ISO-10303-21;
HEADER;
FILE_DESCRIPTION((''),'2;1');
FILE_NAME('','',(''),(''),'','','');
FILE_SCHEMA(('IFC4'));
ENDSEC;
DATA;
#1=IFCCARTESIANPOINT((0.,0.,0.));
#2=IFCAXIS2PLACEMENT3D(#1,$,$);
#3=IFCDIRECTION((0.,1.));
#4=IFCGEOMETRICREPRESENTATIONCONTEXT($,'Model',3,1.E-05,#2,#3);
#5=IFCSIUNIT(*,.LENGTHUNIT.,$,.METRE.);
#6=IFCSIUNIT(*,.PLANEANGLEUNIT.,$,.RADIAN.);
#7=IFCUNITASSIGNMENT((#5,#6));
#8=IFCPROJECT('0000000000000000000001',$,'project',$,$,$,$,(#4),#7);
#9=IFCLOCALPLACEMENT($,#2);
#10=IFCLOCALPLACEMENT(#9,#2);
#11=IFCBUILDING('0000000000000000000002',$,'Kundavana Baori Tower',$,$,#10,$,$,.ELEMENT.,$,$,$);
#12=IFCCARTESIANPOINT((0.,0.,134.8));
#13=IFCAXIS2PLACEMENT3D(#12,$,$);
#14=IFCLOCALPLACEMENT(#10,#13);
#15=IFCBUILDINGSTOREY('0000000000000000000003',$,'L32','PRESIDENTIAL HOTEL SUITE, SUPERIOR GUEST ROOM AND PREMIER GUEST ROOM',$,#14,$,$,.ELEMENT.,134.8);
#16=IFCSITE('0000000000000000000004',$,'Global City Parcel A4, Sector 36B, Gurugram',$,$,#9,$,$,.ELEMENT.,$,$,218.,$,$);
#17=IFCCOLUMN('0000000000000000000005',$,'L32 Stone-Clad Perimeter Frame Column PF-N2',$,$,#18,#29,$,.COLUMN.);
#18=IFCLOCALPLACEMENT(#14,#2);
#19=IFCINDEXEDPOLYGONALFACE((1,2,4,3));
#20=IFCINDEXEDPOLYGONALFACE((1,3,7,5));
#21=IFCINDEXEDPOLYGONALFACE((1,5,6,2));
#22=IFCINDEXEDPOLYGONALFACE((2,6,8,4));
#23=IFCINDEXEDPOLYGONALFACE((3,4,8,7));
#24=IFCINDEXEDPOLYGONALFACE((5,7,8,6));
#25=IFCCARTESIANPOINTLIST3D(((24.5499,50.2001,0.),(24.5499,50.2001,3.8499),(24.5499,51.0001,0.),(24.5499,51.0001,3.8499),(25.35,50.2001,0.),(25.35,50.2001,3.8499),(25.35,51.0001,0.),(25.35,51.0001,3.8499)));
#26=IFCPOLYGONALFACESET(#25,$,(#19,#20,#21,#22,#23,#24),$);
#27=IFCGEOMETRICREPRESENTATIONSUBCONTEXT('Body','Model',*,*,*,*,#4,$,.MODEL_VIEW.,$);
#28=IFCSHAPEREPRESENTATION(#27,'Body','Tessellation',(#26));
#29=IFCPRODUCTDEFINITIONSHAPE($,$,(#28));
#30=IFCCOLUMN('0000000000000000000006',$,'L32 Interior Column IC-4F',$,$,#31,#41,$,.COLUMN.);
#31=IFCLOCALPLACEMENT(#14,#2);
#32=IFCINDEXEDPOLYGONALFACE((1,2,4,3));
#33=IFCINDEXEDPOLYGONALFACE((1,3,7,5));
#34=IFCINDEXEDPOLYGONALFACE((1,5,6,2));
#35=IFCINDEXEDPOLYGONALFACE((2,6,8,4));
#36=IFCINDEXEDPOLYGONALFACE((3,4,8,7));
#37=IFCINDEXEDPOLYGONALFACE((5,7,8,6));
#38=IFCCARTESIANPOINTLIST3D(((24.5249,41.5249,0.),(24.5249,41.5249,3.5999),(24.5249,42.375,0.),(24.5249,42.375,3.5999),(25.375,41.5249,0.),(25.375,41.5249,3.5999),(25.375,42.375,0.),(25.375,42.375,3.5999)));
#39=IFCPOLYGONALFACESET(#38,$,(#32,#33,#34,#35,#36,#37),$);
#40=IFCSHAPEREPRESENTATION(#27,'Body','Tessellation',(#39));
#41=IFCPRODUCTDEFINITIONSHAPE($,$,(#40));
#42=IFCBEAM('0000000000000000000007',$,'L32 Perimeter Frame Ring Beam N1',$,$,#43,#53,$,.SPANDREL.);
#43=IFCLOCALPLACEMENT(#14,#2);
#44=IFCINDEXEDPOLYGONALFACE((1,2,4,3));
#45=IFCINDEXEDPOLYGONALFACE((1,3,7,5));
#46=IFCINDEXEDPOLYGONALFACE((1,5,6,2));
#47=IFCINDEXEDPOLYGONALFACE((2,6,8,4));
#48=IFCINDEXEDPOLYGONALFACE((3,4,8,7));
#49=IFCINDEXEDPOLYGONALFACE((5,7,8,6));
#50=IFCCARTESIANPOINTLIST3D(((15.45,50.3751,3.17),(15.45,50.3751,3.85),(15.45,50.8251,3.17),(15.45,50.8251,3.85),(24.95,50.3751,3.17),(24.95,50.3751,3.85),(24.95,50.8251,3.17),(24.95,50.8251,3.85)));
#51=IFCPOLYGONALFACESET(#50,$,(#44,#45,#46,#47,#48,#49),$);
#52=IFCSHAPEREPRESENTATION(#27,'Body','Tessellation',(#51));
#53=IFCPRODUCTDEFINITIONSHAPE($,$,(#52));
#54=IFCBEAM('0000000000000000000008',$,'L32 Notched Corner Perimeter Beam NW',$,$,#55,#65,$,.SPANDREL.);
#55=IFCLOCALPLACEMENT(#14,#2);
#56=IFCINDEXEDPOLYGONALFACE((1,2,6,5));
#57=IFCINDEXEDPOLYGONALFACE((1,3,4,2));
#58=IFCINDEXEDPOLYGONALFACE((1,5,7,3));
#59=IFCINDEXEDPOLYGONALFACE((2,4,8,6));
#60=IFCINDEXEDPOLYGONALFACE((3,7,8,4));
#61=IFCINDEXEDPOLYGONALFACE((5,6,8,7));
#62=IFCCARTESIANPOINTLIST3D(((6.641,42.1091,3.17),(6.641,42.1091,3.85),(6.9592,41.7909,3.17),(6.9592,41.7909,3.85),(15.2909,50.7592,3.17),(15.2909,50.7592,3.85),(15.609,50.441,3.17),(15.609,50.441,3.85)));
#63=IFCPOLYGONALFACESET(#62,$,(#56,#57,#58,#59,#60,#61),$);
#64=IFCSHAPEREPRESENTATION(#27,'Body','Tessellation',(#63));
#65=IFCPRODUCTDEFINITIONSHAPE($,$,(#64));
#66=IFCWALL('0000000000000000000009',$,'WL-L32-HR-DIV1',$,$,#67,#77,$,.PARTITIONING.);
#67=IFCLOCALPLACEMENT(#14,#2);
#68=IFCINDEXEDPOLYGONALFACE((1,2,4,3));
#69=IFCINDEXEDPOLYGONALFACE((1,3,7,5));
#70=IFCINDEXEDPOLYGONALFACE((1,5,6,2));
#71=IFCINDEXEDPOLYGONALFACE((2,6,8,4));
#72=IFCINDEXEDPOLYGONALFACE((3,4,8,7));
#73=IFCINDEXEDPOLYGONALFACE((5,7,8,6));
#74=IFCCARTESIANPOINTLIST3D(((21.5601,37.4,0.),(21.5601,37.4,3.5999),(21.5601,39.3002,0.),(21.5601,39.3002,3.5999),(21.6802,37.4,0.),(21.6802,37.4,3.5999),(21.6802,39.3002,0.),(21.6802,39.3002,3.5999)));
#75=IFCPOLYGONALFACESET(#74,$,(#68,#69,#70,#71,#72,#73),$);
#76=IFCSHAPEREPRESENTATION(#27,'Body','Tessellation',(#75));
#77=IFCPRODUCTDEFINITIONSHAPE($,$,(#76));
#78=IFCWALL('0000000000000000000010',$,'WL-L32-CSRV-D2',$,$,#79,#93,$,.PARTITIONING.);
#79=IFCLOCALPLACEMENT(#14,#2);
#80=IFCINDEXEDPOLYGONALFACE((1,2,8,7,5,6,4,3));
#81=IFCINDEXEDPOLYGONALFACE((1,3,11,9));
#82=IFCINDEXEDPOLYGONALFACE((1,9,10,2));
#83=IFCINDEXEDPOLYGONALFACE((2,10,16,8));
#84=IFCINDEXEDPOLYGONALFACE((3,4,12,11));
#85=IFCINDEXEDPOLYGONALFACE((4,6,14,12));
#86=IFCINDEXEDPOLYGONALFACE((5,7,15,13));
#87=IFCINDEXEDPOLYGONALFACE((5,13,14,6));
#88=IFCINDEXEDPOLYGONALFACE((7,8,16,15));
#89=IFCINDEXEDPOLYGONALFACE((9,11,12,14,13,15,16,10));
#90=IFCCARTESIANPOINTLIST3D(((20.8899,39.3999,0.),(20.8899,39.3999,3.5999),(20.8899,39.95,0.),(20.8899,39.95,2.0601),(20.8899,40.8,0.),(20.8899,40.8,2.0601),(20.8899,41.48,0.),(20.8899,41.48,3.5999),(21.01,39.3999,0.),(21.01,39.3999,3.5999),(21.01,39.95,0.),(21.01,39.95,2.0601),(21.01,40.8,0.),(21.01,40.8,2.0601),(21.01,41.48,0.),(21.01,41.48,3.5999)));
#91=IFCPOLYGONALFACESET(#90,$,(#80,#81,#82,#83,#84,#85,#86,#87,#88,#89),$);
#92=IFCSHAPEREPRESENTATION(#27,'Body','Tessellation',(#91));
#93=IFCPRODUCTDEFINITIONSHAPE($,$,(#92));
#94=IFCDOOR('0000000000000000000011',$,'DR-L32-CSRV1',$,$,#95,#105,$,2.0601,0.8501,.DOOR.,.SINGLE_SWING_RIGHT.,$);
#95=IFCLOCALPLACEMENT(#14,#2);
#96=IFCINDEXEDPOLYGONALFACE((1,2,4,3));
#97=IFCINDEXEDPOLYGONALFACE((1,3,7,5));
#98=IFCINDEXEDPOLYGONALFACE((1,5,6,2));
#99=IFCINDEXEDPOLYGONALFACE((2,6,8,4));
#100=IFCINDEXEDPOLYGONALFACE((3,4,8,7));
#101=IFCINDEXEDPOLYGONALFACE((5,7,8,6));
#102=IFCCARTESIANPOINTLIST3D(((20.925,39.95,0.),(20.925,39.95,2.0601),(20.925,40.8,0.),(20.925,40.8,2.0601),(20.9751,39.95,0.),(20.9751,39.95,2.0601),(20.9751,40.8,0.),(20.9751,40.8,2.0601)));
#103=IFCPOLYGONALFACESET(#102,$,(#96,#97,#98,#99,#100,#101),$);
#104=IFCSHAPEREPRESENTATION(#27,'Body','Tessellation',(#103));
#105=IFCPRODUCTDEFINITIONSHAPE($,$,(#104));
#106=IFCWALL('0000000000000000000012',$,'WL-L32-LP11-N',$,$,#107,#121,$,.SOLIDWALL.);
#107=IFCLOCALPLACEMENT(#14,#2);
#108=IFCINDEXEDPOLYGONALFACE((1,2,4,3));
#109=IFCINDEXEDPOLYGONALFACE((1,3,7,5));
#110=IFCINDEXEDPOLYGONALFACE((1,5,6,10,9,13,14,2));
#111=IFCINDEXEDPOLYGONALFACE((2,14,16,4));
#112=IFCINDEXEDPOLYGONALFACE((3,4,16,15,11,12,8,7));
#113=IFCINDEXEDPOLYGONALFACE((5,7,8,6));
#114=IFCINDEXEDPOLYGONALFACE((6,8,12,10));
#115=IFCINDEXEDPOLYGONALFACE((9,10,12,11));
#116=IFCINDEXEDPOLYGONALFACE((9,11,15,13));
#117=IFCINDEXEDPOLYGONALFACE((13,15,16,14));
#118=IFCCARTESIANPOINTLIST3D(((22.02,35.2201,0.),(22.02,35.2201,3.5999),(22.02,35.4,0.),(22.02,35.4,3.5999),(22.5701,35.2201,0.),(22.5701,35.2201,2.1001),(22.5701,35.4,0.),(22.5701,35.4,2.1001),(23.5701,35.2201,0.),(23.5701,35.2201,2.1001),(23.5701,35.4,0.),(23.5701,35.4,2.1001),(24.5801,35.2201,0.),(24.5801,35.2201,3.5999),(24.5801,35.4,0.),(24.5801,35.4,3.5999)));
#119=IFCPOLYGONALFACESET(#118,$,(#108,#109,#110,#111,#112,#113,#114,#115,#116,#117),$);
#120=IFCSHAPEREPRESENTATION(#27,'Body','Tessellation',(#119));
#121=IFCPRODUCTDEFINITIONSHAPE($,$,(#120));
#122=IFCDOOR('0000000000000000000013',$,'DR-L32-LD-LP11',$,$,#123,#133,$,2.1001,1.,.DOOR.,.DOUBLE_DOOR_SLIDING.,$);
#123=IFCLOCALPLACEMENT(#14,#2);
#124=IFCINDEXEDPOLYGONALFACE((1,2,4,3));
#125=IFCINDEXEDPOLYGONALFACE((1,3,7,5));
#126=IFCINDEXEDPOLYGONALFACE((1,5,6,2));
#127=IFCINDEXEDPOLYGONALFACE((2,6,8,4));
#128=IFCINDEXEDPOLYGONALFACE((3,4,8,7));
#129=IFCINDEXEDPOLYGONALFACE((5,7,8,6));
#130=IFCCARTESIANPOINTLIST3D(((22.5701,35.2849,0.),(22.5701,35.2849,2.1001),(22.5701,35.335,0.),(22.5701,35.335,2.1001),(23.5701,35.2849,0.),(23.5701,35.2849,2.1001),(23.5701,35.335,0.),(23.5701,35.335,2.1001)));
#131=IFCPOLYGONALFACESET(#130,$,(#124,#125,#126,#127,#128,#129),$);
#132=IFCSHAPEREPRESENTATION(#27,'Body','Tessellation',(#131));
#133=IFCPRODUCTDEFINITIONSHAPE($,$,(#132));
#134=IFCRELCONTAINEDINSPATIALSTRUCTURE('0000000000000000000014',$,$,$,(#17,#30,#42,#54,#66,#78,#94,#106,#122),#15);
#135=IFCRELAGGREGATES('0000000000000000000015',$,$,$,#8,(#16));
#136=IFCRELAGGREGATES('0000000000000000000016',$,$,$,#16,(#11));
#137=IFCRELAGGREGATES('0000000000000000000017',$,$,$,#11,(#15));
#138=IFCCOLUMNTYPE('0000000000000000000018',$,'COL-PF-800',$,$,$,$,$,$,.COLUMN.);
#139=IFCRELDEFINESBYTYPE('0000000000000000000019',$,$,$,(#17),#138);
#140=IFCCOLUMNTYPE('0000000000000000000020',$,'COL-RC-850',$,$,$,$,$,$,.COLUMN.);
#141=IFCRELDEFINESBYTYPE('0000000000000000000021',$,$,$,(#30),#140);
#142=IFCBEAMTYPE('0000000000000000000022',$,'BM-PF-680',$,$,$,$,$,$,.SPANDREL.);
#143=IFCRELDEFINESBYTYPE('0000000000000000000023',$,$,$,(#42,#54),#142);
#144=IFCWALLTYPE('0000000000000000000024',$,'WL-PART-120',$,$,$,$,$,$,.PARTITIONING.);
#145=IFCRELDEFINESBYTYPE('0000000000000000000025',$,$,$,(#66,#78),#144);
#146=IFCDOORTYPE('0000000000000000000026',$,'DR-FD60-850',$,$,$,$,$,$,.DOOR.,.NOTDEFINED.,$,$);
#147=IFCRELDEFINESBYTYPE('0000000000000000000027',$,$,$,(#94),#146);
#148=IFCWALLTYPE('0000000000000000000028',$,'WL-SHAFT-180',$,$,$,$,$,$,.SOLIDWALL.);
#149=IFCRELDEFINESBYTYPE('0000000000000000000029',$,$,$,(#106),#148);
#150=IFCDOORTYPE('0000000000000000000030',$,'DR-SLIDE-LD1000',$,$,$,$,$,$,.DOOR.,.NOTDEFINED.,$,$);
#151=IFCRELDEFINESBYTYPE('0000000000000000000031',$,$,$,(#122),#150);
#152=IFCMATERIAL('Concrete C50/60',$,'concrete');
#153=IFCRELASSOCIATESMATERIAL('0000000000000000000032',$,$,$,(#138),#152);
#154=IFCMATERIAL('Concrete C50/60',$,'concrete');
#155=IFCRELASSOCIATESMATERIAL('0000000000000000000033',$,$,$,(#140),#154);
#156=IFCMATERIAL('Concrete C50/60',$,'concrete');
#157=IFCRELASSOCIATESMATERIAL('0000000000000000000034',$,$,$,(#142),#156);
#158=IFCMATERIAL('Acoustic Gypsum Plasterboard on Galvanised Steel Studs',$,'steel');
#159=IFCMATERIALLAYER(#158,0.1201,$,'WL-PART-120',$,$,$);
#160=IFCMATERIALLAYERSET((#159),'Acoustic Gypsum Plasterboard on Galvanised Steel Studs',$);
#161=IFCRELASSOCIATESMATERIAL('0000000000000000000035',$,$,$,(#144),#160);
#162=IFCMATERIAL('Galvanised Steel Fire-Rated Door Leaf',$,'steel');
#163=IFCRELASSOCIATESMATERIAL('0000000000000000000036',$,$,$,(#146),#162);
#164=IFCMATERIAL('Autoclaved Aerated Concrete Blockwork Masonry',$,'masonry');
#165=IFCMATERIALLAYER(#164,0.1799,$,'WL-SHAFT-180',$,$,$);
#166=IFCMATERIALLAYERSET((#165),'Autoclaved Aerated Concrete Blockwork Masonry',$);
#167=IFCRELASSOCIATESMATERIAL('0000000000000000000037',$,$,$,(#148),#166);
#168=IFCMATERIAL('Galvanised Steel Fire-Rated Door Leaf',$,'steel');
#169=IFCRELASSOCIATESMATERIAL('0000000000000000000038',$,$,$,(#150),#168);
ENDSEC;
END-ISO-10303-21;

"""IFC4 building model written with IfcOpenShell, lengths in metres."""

from ifc_helpers import new_model, si_unit, direction, frame, frame_2d, origin, origin_2d, place, context, subcontext, project, spatial, rectangle, extrude, material, layer, layer_set, material_profile, profile_set, type_object, element, fill, save


model = new_model("IFC4")

# Units and contexts
model_context = context("Model", 3, precision=1e-05, world=origin(), true_north=direction((0.0, 1.0)))
body_context = subcontext(model_context, "Body", "Model", "MODEL_VIEW")
ifc_project = project(units=[si_unit("LENGTHUNIT", "METRE"), si_unit("PLANEANGLEUNIT", "RADIAN")], contexts=[model_context])

# Site, building, storey
site_placement = place(None, origin())
site = spatial("IfcSite", under=ifc_project, at=site_placement, Name="Global City Parcel A4, Sector 36B, Gurugram", CompositionType="ELEMENT", RefElevation=218.0)
building_placement = place(site_placement, origin())
building = spatial("IfcBuilding", under=site, at=building_placement, Name="Kundavana Baori Tower", CompositionType="ELEMENT")
storey_placement = place(building_placement, frame((0.0, 0.0, 134.8)))
storey = spatial("IfcBuildingStorey", under=building, at=storey_placement, Name="L32", Description="PRESIDENTIAL HOTEL SUITE, SUPERIOR GUEST ROOM AND PREMIER GUEST ROOM", CompositionType="ELEMENT", Elevation=134.8)

# Columns
ifc_material_1 = material(Name="Concrete C50/60", Category="concrete")
ifc_material_profile_1 = material_profile(ifc_material_1, rectangle(XDim=0.8, YDim=0.8, at=origin_2d()), Name="RC PF 800x800")
ifc_profile_set_1 = profile_set([ifc_material_profile_1], Name="Concrete C50/60")
column_type_1 = type_object("IfcColumnType", Name="COL-PF-800", PredefinedType="COLUMN", material=ifc_profile_set_1)
column_1_placement = place(storey_placement, frame((24.95, 50.6001, 0.0), z_axis=(0.0, 0.0, 1.0), x_axis=(1.0, 0.0, 0.0)))
element("IfcColumn", 1, at=column_1_placement, inside=storey, type_object=column_type_1, Name="L32 Stone-Clad Perimeter Frame Column PF-N2", PredefinedType="COLUMN", context=body_context, shape_type="SweptSolid", body=[
    extrude(rectangle(XDim=0.8, YDim=0.8, at=origin_2d()), origin(), (0.0, 0.0, 1.0), 3.8499),
])
ifc_material_2 = material(Name="Concrete C50/60", Category="concrete")
ifc_material_profile_2 = material_profile(ifc_material_2, rectangle(XDim=0.8501, YDim=0.8501, at=origin_2d()), Name="RC 850x850")
ifc_profile_set_2 = profile_set([ifc_material_profile_2], Name="Concrete C50/60")
column_type_2 = type_object("IfcColumnType", Name="COL-RC-850", PredefinedType="COLUMN", material=ifc_profile_set_2)
column_2_placement = place(storey_placement, frame((24.95, 41.95, 0.0), z_axis=(0.0, 0.0, 1.0), x_axis=(1.0, 0.0, 0.0)))
element("IfcColumn", 2, at=column_2_placement, inside=storey, type_object=column_type_2, Name="L32 Interior Column IC-4F", PredefinedType="COLUMN", context=body_context, shape_type="SweptSolid", body=[
    extrude(rectangle(XDim=0.8501, YDim=0.8501, at=origin_2d()), origin(), (0.0, 0.0, 1.0), 3.5999),
])

# Beams
ifc_material_3 = material(Name="Concrete C50/60", Category="concrete")
ifc_material_profile_3 = material_profile(ifc_material_3, rectangle(XDim=0.45, YDim=0.6799, at=origin_2d()), Name="RC BM 450x680")
ifc_profile_set_3 = profile_set([ifc_material_profile_3], Name="Concrete C50/60")
beam_type = type_object("IfcBeamType", Name="BM-PF-680", PredefinedType="SPANDREL", material=ifc_profile_set_3)
beam_1_placement = place(storey_placement, frame((15.45, 50.6001, 3.51), z_axis=(1.0, 0.0, 0.0), x_axis=(0.0, 1.0, 0.0)))
element("IfcBeam", 3, at=beam_1_placement, inside=storey, type_object=beam_type, Name="L32 Perimeter Frame Ring Beam N1", PredefinedType="SPANDREL", context=body_context, shape_type="SweptSolid", body=[
    extrude(rectangle(XDim=0.45, YDim=0.6799, at=origin_2d()), origin(), (0.0, 0.0, 1.0), 9.5),
])
beam_2_placement = place(storey_placement, frame((15.45, 50.6001, 3.51), z_axis=(-0.707097, -0.707117, 0.0), x_axis=(0.707117, -0.707097, 0.0)))
element("IfcBeam", 4, at=beam_2_placement, inside=storey, type_object=beam_type, Name="L32 Notched Corner Perimeter Beam NW", PredefinedType="SPANDREL", context=body_context, shape_type="SweptSolid", body=[
    extrude(rectangle(XDim=0.45, YDim=0.6799, at=origin_2d()), origin(), (0.0, 0.0, 1.0), 12.2329),
])

# Wall
ifc_material_4 = material(Name="Acoustic Gypsum Plasterboard on Galvanised Steel Studs", Category="steel")
ifc_layer_1 = layer(ifc_material_4, 0.1201, Name="WL-PART-120")
ifc_layer_set_1 = layer_set([ifc_layer_1], Name="Acoustic Gypsum Plasterboard on Galvanised Steel Studs")
wall_type_1 = type_object("IfcWallType", Name="WL-PART-120", PredefinedType="PARTITIONING", material=ifc_layer_set_1)
wall_1_placement = place(storey_placement, frame((21.6201, 37.3999, 0.0), z_axis=(0.0, 0.0, 1.0), x_axis=(0.0, 1.0, 0.0)))
element("IfcWall", 5, at=wall_1_placement, inside=storey, type_object=wall_type_1, Name="WL-L32-HR-DIV1", PredefinedType="PARTITIONING", context=body_context, shape_type="SweptSolid", body=[
    extrude(rectangle(XDim=1.9001, YDim=0.1201, at=frame_2d((0.9502, 0.0))), origin(), (0.0, 0.0, 1.0), 3.5999),
])

# Walls, openings, doors
wall_2_placement = place(storey_placement, frame((20.95, 39.3999, 0.0), z_axis=(0.0, 0.0, 1.0), x_axis=(0.0, 1.0, 0.0)))
wall_2 = element("IfcWall", 6, at=wall_2_placement, inside=storey, type_object=wall_type_1, Name="WL-L32-CSRV-D2", PredefinedType="PARTITIONING", context=body_context, shape_type="SweptSolid", body=[
    extrude(rectangle(XDim=2.0801, YDim=0.1201, at=frame_2d((1.04, 0.0))), origin(), (0.0, 0.0, 1.0), 3.5999),
])
opening_1_placement = place(wall_2_placement, frame((0.55, 0.0, 0.0)))
opening_1 = element("IfcOpeningElement", 7, at=opening_1_placement, cuts=wall_2, PredefinedType="OPENING", context=body_context, shape_type="SweptSolid", body=[
    extrude(rectangle(XDim=0.8501, YDim=2.0601, at=frame_2d((0.425, 1.03))), frame((0.0, 0.0701, 0.0), z_axis=(0.0, -1.0, 0.0), x_axis=(1.0, 0.0, 0.0)), (0.0, 0.0, 1.0), 0.1401),
])
ifc_material_5 = material(Name="Galvanised Steel Fire-Rated Door Leaf", Category="steel")
door_type_1 = type_object("IfcDoorType", Name="DR-FD60-850", OperationType="NOTDEFINED", PredefinedType="DOOR", material=ifc_material_5)
door_1_placement = place(opening_1_placement, origin())
door_1 = element("IfcDoor", 8, at=door_1_placement, inside=storey, type_object=door_type_1, Name="DR-L32-CSRV1", OperationType="SINGLE_SWING_RIGHT", OverallHeight=2.0601, OverallWidth=0.8501, PredefinedType="DOOR", context=body_context, shape_type="SweptSolid", body=[
    extrude(rectangle(XDim=0.8501, YDim=2.0601, at=frame_2d((0.425, 1.03))), frame((0.0, 0.0249, 0.0), z_axis=(0.0, -1.0, 0.0), x_axis=(1.0, 0.0, 0.0)), (0.0, 0.0, 1.0), 0.05),
])
fill(opening_1, door_1)
ifc_material_6 = material(Name="Autoclaved Aerated Concrete Blockwork Masonry", Category="masonry")
ifc_layer_2 = layer(ifc_material_6, 0.1799, Name="WL-SHAFT-180")
ifc_layer_set_2 = layer_set([ifc_layer_2], Name="Autoclaved Aerated Concrete Blockwork Masonry")
wall_type_2 = type_object("IfcWallType", Name="WL-SHAFT-180", PredefinedType="SOLIDWALL", material=ifc_layer_set_2)
wall_3_placement = place(storey_placement, frame((22.02, 35.3101, 0.0), z_axis=(0.0, 0.0, 1.0), x_axis=(1.0, 0.0, 0.0)))
wall_3 = element("IfcWall", 9, at=wall_3_placement, inside=storey, type_object=wall_type_2, Name="WL-L32-LP11-N", PredefinedType="SOLIDWALL", context=body_context, shape_type="SweptSolid", body=[
    extrude(rectangle(XDim=2.5601, YDim=0.1799, at=frame_2d((1.28, 0.0))), origin(), (0.0, 0.0, 1.0), 3.5999),
])
opening_2_placement = place(wall_3_placement, frame((0.55, 0.0, 0.0)))
opening_2 = element("IfcOpeningElement", 10, at=opening_2_placement, cuts=wall_3, PredefinedType="OPENING", context=body_context, shape_type="SweptSolid", body=[
    extrude(rectangle(XDim=1.0, YDim=2.1001, at=frame_2d((0.5, 1.05))), frame((0.0, 0.1001, 0.0), z_axis=(0.0, -1.0, 0.0), x_axis=(1.0, 0.0, 0.0)), (0.0, 0.0, 1.0), 0.2),
])
ifc_material_7 = material(Name="Galvanised Steel Fire-Rated Door Leaf", Category="steel")
door_type_2 = type_object("IfcDoorType", Name="DR-SLIDE-LD1000", OperationType="NOTDEFINED", PredefinedType="DOOR", material=ifc_material_7)
door_2_placement = place(opening_2_placement, origin())
door_2 = element("IfcDoor", 11, at=door_2_placement, inside=storey, type_object=door_type_2, Name="DR-L32-LD-LP11", OperationType="DOUBLE_DOOR_SLIDING", OverallHeight=2.1001, OverallWidth=1.0, PredefinedType="DOOR", context=body_context, shape_type="SweptSolid", body=[
    extrude(rectangle(XDim=1.0, YDim=2.1001, at=frame_2d((0.5, 1.05))), frame((0.0, 0.0249, 0.0), z_axis=(0.0, -1.0, 0.0), x_axis=(1.0, 0.0, 0.0)), (0.0, 0.0, 1.0), 0.05),
])
fill(opening_2, door_2)

save(model, "model.ifc")
